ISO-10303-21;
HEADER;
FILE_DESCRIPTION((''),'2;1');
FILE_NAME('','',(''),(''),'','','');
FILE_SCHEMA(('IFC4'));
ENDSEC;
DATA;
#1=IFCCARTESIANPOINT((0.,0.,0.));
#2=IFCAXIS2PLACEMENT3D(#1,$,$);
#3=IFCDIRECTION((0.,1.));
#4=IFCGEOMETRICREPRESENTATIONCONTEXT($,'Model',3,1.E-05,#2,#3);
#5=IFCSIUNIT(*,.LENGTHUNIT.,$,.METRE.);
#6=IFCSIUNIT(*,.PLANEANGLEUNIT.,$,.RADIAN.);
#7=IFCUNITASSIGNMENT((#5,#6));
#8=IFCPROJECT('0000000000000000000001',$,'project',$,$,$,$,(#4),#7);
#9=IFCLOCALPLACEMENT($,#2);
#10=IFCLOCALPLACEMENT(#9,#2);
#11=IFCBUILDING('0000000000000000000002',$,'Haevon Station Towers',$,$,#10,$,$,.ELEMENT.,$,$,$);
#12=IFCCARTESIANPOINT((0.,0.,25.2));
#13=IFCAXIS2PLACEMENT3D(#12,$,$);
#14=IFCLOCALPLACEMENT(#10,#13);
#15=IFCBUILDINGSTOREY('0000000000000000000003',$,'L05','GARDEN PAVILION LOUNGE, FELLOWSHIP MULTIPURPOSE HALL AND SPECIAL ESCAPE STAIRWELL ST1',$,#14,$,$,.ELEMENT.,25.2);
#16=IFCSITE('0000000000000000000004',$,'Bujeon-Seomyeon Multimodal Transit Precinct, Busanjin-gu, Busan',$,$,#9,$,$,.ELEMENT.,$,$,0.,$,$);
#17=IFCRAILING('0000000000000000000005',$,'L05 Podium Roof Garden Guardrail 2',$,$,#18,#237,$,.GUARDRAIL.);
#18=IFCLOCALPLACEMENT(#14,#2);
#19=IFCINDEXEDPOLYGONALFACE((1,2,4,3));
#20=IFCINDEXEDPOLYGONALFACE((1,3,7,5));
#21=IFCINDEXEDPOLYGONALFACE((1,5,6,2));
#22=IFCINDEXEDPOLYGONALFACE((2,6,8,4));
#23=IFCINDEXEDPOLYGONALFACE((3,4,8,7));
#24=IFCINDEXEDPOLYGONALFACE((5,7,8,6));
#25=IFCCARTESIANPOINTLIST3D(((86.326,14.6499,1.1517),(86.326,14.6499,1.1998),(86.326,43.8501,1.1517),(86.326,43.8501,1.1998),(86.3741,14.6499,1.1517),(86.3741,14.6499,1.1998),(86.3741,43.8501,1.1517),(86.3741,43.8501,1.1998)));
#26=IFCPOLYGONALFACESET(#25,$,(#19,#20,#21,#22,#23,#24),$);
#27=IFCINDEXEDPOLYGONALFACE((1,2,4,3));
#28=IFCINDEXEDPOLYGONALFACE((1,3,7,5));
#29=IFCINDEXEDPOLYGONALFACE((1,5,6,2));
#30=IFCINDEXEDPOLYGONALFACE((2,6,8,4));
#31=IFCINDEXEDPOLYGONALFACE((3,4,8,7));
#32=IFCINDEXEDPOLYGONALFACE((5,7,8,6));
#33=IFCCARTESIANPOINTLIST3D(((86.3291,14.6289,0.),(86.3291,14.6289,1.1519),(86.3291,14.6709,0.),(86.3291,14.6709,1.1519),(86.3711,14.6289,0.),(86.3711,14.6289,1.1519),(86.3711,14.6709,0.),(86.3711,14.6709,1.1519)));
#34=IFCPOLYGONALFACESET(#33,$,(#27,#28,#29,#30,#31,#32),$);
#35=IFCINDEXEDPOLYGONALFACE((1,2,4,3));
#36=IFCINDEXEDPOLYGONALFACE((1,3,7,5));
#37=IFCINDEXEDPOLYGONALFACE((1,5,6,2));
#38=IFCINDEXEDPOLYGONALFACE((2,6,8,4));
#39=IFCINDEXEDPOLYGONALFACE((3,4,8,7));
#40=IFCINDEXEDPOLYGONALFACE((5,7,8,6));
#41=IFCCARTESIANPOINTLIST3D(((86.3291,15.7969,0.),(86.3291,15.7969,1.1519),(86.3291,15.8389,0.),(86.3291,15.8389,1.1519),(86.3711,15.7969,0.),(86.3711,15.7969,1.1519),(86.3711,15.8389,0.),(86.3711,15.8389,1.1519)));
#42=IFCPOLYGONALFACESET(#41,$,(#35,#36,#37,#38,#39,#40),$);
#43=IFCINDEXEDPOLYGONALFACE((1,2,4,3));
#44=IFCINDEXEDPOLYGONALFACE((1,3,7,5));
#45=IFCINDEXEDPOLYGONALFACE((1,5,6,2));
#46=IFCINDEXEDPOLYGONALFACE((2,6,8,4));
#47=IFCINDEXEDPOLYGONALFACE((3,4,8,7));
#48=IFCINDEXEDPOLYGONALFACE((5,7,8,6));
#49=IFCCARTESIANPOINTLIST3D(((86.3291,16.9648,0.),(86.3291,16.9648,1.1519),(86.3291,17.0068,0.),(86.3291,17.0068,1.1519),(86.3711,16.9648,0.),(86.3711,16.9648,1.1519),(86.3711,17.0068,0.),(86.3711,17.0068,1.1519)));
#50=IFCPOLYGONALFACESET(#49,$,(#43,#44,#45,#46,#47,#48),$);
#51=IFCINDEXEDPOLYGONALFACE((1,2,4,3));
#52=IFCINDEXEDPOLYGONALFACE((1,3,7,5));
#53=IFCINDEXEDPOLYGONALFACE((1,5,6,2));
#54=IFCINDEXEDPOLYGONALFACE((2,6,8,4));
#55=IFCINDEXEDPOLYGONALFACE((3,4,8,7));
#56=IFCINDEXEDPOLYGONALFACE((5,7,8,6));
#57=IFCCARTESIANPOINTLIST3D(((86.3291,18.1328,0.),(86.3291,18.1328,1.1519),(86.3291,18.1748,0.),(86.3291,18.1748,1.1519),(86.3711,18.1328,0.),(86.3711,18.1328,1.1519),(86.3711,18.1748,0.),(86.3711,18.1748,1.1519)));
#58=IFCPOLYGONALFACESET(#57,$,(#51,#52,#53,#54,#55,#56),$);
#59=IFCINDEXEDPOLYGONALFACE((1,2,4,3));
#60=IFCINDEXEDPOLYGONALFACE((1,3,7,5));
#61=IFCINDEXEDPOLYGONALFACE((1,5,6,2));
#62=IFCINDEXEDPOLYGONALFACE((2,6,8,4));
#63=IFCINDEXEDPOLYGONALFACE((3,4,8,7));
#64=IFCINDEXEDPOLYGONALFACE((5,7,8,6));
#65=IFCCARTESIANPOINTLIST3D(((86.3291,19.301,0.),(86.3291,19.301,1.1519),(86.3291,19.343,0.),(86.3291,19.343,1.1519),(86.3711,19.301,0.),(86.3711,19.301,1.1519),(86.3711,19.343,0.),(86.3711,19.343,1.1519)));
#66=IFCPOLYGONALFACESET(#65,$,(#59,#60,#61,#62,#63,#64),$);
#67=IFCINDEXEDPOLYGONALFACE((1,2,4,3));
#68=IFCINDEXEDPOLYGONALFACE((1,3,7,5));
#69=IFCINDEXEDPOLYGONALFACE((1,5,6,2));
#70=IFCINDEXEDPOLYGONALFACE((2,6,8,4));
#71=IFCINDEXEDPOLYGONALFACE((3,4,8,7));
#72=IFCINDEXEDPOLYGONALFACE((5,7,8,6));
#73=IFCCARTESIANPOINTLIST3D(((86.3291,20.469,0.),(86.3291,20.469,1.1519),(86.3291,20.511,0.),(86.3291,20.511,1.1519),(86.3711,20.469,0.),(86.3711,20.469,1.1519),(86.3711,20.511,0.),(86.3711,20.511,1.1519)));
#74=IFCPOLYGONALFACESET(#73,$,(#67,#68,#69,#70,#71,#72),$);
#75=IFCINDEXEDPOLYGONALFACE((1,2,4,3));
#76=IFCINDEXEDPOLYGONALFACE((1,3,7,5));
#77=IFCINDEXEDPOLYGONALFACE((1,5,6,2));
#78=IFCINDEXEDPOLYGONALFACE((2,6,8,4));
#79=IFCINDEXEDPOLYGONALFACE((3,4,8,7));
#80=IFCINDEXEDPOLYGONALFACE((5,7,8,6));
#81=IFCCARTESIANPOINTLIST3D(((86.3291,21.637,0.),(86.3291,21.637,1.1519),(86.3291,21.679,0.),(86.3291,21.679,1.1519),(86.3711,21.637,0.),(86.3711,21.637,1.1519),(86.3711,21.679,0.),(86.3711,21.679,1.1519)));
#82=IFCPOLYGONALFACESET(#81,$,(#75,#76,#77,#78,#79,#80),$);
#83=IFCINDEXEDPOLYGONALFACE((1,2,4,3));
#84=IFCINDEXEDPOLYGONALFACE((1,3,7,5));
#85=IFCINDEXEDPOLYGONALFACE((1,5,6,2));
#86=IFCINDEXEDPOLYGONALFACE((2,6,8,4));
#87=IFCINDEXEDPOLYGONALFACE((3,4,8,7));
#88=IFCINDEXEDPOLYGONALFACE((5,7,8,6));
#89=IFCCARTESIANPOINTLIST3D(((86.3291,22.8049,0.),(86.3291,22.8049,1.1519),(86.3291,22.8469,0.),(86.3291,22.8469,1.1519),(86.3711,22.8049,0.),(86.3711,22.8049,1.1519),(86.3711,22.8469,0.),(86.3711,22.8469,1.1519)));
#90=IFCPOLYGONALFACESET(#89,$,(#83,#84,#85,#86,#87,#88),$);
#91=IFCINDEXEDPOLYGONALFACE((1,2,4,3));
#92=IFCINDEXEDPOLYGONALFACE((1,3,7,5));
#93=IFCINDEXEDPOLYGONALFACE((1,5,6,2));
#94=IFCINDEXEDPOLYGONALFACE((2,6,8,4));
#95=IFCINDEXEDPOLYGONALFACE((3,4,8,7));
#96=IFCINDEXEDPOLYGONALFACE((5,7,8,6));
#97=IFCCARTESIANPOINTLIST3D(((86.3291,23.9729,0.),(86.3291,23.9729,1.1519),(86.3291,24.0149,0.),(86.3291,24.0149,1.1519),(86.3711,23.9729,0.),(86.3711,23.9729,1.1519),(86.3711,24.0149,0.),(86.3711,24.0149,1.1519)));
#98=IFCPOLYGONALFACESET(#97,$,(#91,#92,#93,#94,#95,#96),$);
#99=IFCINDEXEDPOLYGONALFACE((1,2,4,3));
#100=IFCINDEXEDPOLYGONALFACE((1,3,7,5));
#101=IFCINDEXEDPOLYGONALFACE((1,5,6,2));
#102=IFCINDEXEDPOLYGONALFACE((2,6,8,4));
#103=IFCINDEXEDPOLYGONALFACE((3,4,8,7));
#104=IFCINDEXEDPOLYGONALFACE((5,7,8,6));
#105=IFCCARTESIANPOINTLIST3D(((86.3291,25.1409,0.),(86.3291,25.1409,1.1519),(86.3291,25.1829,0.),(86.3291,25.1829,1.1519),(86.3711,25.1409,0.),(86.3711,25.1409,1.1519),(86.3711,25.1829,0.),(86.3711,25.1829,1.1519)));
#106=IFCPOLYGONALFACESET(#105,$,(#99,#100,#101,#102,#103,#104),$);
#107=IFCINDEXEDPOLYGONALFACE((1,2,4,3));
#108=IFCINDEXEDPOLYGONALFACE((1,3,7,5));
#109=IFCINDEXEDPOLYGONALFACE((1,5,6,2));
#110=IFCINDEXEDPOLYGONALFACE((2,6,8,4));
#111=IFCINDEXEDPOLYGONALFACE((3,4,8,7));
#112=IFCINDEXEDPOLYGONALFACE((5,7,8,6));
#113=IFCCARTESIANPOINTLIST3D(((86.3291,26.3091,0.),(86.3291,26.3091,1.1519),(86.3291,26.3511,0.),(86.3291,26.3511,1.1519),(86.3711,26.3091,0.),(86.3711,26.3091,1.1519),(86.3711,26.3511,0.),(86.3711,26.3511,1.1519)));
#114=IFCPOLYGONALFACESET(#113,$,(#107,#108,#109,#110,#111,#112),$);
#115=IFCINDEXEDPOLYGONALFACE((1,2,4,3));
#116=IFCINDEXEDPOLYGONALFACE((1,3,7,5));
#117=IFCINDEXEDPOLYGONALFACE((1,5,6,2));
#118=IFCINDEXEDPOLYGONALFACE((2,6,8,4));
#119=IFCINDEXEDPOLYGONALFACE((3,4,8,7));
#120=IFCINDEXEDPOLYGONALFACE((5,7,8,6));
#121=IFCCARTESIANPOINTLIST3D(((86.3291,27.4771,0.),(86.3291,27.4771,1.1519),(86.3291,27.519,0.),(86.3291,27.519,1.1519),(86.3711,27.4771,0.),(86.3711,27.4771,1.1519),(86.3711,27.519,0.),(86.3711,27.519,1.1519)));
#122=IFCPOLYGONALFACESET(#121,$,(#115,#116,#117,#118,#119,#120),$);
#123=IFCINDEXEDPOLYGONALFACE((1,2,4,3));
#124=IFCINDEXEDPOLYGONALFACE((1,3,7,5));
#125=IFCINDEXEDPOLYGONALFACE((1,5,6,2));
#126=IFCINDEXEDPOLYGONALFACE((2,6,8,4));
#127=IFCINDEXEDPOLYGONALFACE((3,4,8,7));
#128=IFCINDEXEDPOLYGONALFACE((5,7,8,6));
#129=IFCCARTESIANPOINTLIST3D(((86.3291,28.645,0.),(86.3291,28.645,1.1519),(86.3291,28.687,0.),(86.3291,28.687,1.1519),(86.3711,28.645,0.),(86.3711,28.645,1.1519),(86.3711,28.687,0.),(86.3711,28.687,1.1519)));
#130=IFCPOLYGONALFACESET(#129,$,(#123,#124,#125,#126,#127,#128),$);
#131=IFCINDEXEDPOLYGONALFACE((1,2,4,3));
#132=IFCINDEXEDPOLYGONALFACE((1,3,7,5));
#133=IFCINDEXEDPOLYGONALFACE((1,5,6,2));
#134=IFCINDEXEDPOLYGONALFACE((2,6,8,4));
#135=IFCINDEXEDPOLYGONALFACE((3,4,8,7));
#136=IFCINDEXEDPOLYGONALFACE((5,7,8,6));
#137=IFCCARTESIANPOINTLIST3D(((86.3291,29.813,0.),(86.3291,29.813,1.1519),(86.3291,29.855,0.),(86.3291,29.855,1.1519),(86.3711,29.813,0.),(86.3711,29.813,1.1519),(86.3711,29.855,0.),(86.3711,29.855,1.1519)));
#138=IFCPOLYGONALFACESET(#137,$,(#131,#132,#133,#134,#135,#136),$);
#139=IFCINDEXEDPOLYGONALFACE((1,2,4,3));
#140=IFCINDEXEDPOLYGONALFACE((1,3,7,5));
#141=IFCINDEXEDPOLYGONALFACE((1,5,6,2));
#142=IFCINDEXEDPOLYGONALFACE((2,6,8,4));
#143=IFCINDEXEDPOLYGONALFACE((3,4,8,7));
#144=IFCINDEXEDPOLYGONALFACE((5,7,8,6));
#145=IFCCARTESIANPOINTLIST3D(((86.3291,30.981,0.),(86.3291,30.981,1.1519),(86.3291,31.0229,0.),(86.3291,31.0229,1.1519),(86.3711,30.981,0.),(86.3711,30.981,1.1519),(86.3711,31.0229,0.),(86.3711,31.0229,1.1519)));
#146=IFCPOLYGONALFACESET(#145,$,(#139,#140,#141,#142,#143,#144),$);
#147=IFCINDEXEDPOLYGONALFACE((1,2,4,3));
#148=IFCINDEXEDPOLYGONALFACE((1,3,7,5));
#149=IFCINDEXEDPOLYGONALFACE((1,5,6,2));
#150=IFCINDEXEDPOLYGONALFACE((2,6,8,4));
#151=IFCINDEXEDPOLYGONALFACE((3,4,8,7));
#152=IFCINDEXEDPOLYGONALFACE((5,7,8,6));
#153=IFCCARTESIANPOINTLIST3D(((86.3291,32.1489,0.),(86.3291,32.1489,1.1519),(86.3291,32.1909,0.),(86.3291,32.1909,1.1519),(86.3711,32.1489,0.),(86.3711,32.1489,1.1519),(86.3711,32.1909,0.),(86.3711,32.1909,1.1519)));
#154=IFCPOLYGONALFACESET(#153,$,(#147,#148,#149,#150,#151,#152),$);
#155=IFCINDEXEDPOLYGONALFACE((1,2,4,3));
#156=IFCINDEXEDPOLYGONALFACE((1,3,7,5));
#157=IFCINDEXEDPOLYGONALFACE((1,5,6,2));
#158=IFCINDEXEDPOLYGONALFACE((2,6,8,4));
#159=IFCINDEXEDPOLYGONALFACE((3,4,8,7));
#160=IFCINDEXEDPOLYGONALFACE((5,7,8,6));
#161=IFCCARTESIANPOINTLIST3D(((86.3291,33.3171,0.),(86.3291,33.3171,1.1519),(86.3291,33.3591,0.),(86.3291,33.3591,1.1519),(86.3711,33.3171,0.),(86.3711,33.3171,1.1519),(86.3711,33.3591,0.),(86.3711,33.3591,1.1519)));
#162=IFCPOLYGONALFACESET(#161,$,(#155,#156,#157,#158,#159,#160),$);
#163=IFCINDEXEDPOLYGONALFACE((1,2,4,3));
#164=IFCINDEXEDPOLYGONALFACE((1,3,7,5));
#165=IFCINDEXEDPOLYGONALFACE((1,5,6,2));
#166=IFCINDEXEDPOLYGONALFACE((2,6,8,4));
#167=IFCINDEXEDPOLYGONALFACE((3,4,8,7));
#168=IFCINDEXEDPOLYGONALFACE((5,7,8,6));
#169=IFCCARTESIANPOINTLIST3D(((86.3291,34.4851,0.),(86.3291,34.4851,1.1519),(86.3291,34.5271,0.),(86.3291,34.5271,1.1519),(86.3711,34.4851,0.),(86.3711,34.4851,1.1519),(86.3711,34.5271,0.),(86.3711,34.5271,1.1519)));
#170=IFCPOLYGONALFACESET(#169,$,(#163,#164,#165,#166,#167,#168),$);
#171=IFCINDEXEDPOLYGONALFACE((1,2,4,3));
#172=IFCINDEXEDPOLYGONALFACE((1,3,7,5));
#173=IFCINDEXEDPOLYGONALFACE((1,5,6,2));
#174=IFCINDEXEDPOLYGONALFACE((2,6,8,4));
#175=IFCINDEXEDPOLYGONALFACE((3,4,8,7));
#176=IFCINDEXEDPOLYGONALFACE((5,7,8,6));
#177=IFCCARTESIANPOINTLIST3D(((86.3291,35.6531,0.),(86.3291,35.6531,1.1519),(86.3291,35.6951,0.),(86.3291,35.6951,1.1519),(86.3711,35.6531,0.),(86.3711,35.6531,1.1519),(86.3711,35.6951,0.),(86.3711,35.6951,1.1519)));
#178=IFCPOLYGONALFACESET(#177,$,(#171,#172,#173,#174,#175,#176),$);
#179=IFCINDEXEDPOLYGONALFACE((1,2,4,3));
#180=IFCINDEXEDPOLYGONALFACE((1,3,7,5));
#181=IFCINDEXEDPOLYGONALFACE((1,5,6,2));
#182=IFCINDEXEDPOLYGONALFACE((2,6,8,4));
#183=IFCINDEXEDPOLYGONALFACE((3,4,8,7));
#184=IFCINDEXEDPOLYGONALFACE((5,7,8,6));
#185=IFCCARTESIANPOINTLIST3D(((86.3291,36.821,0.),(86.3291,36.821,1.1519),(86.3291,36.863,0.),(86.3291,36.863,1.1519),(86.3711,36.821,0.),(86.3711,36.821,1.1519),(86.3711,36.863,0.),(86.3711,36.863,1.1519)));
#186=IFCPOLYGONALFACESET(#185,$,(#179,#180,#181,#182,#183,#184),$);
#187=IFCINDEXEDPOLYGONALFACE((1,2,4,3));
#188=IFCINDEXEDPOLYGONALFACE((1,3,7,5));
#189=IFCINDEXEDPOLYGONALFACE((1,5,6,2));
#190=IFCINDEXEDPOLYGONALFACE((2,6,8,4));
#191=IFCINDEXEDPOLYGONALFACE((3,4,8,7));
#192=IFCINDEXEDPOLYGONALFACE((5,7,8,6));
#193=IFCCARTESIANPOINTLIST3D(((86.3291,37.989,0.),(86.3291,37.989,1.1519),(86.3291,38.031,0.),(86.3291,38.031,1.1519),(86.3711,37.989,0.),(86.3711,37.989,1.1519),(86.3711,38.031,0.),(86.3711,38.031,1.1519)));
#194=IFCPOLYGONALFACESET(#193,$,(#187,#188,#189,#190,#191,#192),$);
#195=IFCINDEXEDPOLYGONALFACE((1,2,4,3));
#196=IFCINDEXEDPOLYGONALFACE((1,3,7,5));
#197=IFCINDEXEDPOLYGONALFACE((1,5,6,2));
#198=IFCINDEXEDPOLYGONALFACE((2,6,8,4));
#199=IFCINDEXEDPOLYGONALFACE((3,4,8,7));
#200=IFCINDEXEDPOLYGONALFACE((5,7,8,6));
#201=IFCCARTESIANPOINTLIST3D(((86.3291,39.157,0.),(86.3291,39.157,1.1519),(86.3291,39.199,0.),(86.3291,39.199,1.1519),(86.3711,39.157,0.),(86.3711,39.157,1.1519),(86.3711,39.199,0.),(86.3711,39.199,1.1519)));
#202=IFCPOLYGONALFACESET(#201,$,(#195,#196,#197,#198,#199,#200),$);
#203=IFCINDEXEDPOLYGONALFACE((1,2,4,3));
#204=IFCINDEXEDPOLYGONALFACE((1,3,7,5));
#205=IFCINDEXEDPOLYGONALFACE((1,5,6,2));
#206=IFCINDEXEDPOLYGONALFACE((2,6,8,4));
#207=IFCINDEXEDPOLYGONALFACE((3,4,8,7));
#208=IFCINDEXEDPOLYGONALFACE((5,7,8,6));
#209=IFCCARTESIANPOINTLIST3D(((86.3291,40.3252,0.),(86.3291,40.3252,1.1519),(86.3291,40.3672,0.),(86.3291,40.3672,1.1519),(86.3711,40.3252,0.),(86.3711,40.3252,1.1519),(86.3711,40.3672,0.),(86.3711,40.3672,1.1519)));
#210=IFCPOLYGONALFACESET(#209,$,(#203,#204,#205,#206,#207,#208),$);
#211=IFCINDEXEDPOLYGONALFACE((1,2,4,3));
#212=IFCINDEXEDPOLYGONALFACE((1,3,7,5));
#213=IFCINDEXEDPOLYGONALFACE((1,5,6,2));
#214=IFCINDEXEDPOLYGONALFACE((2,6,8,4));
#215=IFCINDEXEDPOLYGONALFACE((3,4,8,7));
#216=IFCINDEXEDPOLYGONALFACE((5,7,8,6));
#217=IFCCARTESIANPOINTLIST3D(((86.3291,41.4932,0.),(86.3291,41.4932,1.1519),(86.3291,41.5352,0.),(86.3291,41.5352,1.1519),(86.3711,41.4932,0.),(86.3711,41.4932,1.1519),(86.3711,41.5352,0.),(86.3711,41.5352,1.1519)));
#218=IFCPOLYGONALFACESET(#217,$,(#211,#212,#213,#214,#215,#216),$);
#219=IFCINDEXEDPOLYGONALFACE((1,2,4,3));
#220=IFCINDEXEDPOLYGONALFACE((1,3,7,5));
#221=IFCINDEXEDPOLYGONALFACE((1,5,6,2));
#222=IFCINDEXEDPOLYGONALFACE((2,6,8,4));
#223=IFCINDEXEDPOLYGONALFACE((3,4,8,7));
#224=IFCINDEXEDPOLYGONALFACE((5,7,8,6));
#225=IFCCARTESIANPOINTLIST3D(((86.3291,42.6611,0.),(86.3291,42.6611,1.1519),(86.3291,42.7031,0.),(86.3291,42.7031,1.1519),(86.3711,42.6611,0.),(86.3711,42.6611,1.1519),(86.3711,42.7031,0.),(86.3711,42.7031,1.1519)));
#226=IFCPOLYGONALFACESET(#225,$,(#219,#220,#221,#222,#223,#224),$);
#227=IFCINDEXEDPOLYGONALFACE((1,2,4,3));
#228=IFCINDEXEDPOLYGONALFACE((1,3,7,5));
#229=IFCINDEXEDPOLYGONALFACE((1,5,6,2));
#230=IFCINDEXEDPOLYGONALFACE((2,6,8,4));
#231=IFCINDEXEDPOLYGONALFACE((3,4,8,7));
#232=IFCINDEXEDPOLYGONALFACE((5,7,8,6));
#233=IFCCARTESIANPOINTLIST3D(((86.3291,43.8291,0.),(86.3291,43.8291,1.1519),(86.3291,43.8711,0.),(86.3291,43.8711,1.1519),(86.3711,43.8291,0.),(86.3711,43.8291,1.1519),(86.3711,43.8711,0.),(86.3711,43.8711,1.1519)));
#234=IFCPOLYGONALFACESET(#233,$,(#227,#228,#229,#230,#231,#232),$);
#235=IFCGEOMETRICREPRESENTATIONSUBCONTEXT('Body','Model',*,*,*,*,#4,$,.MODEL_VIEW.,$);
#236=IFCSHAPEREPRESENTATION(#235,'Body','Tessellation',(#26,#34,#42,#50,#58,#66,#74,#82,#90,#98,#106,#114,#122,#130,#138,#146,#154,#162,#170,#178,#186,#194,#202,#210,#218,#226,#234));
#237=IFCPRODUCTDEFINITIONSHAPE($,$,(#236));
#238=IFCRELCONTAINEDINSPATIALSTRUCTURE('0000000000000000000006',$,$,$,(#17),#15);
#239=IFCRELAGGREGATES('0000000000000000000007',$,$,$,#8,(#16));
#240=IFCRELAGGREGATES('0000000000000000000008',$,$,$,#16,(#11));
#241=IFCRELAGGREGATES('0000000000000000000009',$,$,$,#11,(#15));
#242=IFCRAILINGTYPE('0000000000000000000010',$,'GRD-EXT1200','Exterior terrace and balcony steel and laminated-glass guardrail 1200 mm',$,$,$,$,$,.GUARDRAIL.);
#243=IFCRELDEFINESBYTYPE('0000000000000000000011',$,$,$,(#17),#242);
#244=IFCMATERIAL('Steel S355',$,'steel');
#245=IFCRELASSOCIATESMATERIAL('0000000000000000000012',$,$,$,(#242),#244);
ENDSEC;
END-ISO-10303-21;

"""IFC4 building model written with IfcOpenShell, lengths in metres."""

from ifc_helpers import new_model, si_unit, direction, frame, origin, origin_2d, place, context, subcontext, project, spatial, rectangle, extrude, material, type_object, element, save


model = new_model("IFC4")

# Units and contexts
model_context = context("Model", 3, precision=1e-05, world=origin(), true_north=direction((0.0, 1.0)))
body_context = subcontext(model_context, "Body", "Model", "MODEL_VIEW")
ifc_project = project(units=[si_unit("LENGTHUNIT", "METRE"), si_unit("PLANEANGLEUNIT", "RADIAN")], contexts=[model_context])

# Site, building, storey
site_placement = place(None, origin())
site = spatial("IfcSite", under=ifc_project, at=site_placement, Name="Bujeon-Seomyeon Multimodal Transit Precinct, Busanjin-gu, Busan", CompositionType="ELEMENT", RefElevation=0.0)
building_placement = place(site_placement, origin())
building = spatial("IfcBuilding", under=site, at=building_placement, Name="Haevon Station Towers", CompositionType="ELEMENT")
storey_placement = place(building_placement, frame((0.0, 0.0, 25.2)))
storey = spatial("IfcBuildingStorey", under=building, at=storey_placement, Name="L05", Description="GARDEN PAVILION LOUNGE, FELLOWSHIP MULTIPURPOSE HALL AND SPECIAL ESCAPE STAIRWELL ST1", CompositionType="ELEMENT", Elevation=25.2)

# Shared definitions
ifc_material_1 = material(Name="Steel S355", Category="steel")

# Railing
railing_type = type_object("IfcRailingType", Name="GRD-EXT1200", Description="Exterior terrace and balcony steel and laminated-glass guardrail 1200 mm", PredefinedType="GUARDRAIL", material=ifc_material_1)
railing_1_placement = place(storey_placement, frame((86.3501, 14.6499, 0.0)))
element("IfcRailing", 1, at=railing_1_placement, inside=storey, type_object=railing_type, Name="L05 Podium Roof Garden Guardrail 2", PredefinedType="GUARDRAIL", context=body_context, shape_type="SweptSolid", body=[
    extrude(rectangle(XDim=0.0481, YDim=0.0481, at=origin_2d()), frame((0.0, 0.0, 1.1758), z_axis=(0.0, 1.0, 0.0), x_axis=(-1.0, 0.0, 0.0)), (0.0, 0.0, 1.0), 29.2002),
    extrude(rectangle(XDim=0.042, YDim=0.042, at=origin_2d()), origin(), (0.0, 0.0, 1.0), 1.1519),
    extrude(rectangle(XDim=0.042, YDim=0.042, at=origin_2d()), frame((0.0, 1.168, 0.0)), (0.0, 0.0, 1.0), 1.1519),
    extrude(rectangle(XDim=0.042, YDim=0.042, at=origin_2d()), frame((0.0, 2.3359, 0.0)), (0.0, 0.0, 1.0), 1.1519),
    extrude(rectangle(XDim=0.042, YDim=0.042, at=origin_2d()), frame((0.0, 3.5039, 0.0)), (0.0, 0.0, 1.0), 1.1519),
    extrude(rectangle(XDim=0.042, YDim=0.042, at=origin_2d()), frame((0.0, 4.6721, 0.0)), (0.0, 0.0, 1.0), 1.1519),
    extrude(rectangle(XDim=0.042, YDim=0.042, at=origin_2d()), frame((0.0, 5.8401, 0.0)), (0.0, 0.0, 1.0), 1.1519),
    extrude(rectangle(XDim=0.042, YDim=0.042, at=origin_2d()), frame((0.0, 7.0081, 0.0)), (0.0, 0.0, 1.0), 1.1519),
    extrude(rectangle(XDim=0.042, YDim=0.042, at=origin_2d()), frame((0.0, 8.176, 0.0)), (0.0, 0.0, 1.0), 1.1519),
    extrude(rectangle(XDim=0.042, YDim=0.042, at=origin_2d()), frame((0.0, 9.344, 0.0)), (0.0, 0.0, 1.0), 1.1519),
    extrude(rectangle(XDim=0.042, YDim=0.042, at=origin_2d()), frame((0.0, 10.512, 0.0)), (0.0, 0.0, 1.0), 1.1519),
    extrude(rectangle(XDim=0.042, YDim=0.042, at=origin_2d()), frame((0.0, 11.6802, 0.0)), (0.0, 0.0, 1.0), 1.1519),
    extrude(rectangle(XDim=0.042, YDim=0.042, at=origin_2d()), frame((0.0, 12.8481, 0.0)), (0.0, 0.0, 1.0), 1.1519),
    extrude(rectangle(XDim=0.042, YDim=0.042, at=origin_2d()), frame((0.0, 14.0161, 0.0)), (0.0, 0.0, 1.0), 1.1519),
    extrude(rectangle(XDim=0.042, YDim=0.042, at=origin_2d()), frame((0.0, 15.1841, 0.0)), (0.0, 0.0, 1.0), 1.1519),
    extrude(rectangle(XDim=0.042, YDim=0.042, at=origin_2d()), frame((0.0, 16.3521, 0.0)), (0.0, 0.0, 1.0), 1.1519),
    extrude(rectangle(XDim=0.042, YDim=0.042, at=origin_2d()), frame((0.0, 17.52, 0.0)), (0.0, 0.0, 1.0), 1.1519),
    extrude(rectangle(XDim=0.042, YDim=0.042, at=origin_2d()), frame((0.0, 18.6882, 0.0)), (0.0, 0.0, 1.0), 1.1519),
    extrude(rectangle(XDim=0.042, YDim=0.042, at=origin_2d()), frame((0.0, 19.8562, 0.0)), (0.0, 0.0, 1.0), 1.1519),
    extrude(rectangle(XDim=0.042, YDim=0.042, at=origin_2d()), frame((0.0, 21.0242, 0.0)), (0.0, 0.0, 1.0), 1.1519),
    extrude(rectangle(XDim=0.042, YDim=0.042, at=origin_2d()), frame((0.0, 22.1921, 0.0)), (0.0, 0.0, 1.0), 1.1519),
    extrude(rectangle(XDim=0.042, YDim=0.042, at=origin_2d()), frame((0.0, 23.3601, 0.0)), (0.0, 0.0, 1.0), 1.1519),
    extrude(rectangle(XDim=0.042, YDim=0.042, at=origin_2d()), frame((0.0, 24.5281, 0.0)), (0.0, 0.0, 1.0), 1.1519),
    extrude(rectangle(XDim=0.042, YDim=0.042, at=origin_2d()), frame((0.0, 25.6963, 0.0)), (0.0, 0.0, 1.0), 1.1519),
    extrude(rectangle(XDim=0.042, YDim=0.042, at=origin_2d()), frame((0.0, 26.8643, 0.0)), (0.0, 0.0, 1.0), 1.1519),
    extrude(rectangle(XDim=0.042, YDim=0.042, at=origin_2d()), frame((0.0, 28.0322, 0.0)), (0.0, 0.0, 1.0), 1.1519),
    extrude(rectangle(XDim=0.042, YDim=0.042, at=origin_2d()), frame((0.0, 29.2002, 0.0)), (0.0, 0.0, 1.0), 1.1519),
])

save(model, "model.ifc")
